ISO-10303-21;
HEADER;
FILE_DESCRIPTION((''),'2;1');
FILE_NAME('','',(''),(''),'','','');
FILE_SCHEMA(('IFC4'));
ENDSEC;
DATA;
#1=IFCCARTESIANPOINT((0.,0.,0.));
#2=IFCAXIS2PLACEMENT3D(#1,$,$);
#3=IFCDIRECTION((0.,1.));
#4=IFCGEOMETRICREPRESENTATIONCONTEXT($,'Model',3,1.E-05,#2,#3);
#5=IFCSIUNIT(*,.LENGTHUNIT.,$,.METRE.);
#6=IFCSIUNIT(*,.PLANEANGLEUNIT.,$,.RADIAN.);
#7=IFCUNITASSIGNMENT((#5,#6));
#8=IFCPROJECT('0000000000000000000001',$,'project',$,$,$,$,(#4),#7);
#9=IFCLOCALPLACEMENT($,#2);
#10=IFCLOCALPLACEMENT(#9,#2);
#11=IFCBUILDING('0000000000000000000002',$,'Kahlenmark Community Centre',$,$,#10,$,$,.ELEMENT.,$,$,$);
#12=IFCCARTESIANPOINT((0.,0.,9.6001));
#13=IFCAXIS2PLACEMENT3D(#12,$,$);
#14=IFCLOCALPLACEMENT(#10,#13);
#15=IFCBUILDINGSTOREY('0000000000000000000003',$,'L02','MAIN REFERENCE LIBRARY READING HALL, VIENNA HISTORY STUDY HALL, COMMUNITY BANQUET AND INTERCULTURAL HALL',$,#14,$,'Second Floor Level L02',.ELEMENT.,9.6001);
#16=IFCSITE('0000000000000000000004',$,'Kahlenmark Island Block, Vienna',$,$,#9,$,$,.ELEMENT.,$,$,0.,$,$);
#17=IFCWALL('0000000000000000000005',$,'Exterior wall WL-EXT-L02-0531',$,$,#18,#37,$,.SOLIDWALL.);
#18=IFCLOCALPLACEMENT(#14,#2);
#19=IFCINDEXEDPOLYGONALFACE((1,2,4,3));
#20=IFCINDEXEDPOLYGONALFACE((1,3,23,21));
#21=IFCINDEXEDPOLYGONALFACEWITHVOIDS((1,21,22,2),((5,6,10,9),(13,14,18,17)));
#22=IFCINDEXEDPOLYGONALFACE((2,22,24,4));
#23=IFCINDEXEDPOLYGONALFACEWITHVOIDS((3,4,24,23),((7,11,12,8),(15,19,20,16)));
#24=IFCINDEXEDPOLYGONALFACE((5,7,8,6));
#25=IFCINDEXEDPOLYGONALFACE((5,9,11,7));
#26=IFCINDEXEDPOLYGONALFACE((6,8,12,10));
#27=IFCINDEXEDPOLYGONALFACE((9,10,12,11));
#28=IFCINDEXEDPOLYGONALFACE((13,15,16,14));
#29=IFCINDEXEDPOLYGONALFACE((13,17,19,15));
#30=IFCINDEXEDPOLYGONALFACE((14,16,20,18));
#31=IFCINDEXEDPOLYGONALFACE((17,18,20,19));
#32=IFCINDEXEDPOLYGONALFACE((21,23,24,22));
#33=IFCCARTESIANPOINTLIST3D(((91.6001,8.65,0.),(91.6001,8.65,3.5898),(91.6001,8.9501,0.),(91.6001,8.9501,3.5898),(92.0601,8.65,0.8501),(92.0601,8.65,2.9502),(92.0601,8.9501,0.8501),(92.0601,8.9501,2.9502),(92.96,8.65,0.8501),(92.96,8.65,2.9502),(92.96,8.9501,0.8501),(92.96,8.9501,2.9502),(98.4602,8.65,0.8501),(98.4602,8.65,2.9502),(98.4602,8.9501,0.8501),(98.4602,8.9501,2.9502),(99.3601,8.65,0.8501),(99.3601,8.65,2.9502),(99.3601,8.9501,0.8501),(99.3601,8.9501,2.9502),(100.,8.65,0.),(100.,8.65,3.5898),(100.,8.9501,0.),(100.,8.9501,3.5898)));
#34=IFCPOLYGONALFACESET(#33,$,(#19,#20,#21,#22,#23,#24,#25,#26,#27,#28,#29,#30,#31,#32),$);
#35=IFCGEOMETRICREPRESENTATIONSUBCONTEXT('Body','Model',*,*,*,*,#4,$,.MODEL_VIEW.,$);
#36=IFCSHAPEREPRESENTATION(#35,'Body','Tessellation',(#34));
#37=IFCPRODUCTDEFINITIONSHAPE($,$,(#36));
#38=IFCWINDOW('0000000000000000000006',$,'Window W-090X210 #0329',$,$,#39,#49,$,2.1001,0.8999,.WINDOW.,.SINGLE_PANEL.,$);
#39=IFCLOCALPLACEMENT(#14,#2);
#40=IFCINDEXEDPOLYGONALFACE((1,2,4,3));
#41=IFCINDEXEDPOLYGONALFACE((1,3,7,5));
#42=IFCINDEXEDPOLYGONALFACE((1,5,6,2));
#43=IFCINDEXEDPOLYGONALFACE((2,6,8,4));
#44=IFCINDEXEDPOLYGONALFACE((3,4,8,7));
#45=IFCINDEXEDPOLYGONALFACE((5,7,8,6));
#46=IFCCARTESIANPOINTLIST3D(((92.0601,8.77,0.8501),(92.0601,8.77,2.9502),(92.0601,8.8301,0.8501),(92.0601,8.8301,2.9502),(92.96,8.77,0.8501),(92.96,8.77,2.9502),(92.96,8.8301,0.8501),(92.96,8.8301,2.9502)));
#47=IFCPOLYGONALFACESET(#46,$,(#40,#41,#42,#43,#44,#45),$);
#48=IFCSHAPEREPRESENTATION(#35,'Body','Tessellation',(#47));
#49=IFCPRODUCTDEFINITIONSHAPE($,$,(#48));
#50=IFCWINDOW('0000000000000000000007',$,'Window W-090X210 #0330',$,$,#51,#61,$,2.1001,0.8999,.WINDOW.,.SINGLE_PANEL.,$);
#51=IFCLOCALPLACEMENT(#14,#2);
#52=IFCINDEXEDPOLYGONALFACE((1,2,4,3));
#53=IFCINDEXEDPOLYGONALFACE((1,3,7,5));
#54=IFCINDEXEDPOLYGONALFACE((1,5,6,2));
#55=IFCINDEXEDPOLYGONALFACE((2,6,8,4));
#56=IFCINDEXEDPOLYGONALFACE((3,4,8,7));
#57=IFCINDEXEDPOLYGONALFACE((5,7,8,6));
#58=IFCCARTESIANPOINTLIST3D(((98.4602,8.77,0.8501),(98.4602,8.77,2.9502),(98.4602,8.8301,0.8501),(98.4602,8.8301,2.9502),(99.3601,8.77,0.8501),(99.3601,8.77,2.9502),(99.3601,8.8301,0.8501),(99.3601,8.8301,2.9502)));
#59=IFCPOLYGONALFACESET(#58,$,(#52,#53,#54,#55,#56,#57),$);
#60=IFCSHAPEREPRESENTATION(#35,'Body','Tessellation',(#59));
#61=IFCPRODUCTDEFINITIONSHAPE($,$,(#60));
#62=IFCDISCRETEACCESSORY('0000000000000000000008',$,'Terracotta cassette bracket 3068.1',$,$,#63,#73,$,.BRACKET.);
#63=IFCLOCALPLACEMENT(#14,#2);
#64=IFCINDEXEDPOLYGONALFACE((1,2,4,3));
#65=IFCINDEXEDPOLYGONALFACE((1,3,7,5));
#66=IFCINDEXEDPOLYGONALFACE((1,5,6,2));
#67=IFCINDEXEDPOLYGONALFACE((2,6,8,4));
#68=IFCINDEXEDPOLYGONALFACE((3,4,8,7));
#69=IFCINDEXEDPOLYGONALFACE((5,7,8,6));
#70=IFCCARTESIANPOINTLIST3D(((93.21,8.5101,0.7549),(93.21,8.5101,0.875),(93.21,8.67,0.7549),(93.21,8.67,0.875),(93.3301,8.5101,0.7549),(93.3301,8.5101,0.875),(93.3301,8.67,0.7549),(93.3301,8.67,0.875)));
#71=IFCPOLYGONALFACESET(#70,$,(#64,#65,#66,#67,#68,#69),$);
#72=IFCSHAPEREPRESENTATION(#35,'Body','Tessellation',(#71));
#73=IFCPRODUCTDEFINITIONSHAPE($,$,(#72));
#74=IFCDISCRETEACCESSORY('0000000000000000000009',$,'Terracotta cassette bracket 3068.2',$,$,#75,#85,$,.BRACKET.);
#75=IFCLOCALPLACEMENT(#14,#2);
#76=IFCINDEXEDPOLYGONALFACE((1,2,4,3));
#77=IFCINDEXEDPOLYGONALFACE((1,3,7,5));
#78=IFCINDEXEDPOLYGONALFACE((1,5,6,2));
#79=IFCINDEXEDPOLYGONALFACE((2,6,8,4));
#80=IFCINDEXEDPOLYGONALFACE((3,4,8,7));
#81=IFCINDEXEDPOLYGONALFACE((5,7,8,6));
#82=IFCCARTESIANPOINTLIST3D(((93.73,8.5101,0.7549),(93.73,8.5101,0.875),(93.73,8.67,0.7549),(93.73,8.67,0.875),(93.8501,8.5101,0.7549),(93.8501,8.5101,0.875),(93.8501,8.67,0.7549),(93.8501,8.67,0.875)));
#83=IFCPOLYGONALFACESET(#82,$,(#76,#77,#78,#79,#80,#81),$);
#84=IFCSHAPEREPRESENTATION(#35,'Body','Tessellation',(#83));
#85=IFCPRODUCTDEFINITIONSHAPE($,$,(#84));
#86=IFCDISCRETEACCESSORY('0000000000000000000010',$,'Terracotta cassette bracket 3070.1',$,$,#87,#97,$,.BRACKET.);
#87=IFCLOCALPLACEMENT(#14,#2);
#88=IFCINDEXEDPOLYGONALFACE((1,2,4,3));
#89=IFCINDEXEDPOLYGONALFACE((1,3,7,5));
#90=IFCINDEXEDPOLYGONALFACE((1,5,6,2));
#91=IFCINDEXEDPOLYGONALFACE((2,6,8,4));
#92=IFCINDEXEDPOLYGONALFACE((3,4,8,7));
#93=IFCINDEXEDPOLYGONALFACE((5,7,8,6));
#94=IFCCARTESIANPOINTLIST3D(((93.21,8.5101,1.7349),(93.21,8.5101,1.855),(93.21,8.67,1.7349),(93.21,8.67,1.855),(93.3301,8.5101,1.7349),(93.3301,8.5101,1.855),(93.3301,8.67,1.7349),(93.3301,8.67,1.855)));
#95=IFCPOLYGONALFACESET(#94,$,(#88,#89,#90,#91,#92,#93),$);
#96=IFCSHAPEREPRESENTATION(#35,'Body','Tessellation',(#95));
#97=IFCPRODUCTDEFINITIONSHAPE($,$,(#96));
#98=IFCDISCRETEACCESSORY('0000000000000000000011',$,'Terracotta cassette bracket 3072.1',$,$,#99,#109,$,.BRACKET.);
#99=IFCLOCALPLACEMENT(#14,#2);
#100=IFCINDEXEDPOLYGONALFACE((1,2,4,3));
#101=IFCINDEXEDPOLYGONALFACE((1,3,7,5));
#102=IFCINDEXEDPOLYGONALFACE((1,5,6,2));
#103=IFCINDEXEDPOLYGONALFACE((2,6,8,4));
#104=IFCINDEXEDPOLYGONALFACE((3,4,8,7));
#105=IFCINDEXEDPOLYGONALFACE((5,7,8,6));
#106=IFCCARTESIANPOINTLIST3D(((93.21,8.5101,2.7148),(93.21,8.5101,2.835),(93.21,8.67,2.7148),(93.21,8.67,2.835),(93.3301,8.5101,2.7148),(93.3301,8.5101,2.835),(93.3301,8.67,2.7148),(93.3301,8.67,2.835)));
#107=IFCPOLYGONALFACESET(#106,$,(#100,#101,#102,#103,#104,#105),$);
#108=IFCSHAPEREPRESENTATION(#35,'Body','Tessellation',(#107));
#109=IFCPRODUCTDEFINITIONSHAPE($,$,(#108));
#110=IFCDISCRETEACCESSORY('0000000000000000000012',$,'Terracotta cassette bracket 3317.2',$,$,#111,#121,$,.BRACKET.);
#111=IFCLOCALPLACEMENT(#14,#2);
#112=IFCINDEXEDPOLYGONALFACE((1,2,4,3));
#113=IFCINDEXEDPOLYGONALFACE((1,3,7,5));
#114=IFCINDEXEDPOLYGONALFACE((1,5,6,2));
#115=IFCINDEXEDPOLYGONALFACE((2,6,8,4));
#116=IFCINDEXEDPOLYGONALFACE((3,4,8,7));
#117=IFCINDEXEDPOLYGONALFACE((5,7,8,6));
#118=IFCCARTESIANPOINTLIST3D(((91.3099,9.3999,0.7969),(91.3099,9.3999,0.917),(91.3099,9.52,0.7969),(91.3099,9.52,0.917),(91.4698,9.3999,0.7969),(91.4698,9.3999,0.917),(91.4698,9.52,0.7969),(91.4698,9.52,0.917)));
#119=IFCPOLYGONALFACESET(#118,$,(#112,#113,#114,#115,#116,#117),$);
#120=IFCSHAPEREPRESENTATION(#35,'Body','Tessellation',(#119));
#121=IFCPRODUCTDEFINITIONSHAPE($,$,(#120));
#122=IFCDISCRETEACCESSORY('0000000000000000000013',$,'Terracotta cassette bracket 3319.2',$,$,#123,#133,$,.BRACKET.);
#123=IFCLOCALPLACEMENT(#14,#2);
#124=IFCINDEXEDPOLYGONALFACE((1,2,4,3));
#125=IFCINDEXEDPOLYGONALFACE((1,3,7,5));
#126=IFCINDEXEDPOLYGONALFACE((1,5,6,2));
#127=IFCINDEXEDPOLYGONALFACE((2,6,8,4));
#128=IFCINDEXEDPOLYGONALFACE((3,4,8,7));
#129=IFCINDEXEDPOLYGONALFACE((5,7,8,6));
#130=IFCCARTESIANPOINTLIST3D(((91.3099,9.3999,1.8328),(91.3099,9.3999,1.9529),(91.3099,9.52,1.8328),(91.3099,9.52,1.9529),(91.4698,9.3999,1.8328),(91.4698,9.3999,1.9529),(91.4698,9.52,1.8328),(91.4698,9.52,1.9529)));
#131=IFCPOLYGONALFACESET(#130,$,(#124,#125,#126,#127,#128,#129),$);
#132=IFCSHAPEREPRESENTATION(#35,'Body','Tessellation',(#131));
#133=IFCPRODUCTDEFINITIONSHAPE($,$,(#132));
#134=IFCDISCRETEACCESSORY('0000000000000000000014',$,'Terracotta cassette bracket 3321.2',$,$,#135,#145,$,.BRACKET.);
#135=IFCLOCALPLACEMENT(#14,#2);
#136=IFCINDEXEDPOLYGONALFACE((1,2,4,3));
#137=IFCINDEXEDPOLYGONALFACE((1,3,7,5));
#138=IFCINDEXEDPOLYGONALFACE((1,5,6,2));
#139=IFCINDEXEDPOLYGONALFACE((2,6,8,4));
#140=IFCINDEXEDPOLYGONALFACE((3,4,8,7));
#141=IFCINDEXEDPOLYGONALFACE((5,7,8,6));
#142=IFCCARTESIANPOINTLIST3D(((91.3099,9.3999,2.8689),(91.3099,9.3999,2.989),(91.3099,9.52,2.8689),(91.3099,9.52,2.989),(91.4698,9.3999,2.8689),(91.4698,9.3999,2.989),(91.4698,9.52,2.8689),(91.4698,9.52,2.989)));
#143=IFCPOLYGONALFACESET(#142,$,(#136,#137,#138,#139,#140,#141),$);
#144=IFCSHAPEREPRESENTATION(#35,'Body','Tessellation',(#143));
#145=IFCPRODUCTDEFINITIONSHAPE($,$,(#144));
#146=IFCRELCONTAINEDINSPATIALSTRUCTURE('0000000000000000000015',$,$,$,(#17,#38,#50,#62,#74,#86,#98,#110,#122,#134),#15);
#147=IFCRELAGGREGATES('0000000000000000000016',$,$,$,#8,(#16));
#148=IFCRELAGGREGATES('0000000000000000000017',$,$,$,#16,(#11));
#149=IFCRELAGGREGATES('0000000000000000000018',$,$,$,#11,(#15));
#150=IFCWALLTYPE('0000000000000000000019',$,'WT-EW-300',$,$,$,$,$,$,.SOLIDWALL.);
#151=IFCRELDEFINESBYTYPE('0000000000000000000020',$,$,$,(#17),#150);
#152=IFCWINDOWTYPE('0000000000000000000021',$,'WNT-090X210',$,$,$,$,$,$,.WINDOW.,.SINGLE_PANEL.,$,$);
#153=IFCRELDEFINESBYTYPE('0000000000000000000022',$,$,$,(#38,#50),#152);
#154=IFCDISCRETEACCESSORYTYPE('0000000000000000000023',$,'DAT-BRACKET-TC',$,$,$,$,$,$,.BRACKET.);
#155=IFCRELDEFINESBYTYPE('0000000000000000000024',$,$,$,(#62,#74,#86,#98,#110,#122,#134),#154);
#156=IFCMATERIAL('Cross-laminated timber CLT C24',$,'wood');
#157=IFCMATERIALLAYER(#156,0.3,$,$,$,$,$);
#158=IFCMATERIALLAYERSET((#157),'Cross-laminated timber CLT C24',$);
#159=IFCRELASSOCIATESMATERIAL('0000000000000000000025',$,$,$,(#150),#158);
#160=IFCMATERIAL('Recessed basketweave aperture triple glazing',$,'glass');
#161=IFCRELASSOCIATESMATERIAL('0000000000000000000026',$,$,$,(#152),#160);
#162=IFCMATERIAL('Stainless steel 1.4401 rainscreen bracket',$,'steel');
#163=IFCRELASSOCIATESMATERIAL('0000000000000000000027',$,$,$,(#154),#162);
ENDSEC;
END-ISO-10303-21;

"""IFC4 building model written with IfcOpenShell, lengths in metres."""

from ifc_helpers import new_model, si_unit, direction, frame, frame_2d, origin, origin_2d, place, context, subcontext, project, spatial, rectangle, extrude, material, layer, layer_set, type_object, element, fill, save


model = new_model("IFC4")

# Units and contexts
model_context = context("Model", 3, precision=1e-05, world=origin(), true_north=direction((0.0, 1.0)))
body_context = subcontext(model_context, "Body", "Model", "MODEL_VIEW")
ifc_project = project(units=[si_unit("LENGTHUNIT", "METRE"), si_unit("PLANEANGLEUNIT", "RADIAN")], contexts=[model_context])

# Site, building, storey
site_placement = place(None, origin())
site = spatial("IfcSite", under=ifc_project, at=site_placement, Name="Kahlenmark Island Block, Vienna", CompositionType="ELEMENT", RefElevation=0.0)
building_placement = place(site_placement, origin())
building = spatial("IfcBuilding", under=site, at=building_placement, Name="Kahlenmark Community Centre", CompositionType="ELEMENT")
storey_placement = place(building_placement, frame((0.0, 0.0, 9.6001)))
storey = spatial("IfcBuildingStorey", under=building, at=storey_placement, Name="L02", Description="MAIN REFERENCE LIBRARY READING HALL, VIENNA HISTORY STUDY HALL, COMMUNITY BANQUET AND INTERCULTURAL HALL", LongName="Second Floor Level L02", CompositionType="ELEMENT", Elevation=9.6001)

# Wall, openings, windows
ifc_material_1 = material(Name="Cross-laminated timber CLT C24", Category="wood")
ifc_layer_1 = layer(ifc_material_1, 0.3)
ifc_layer_set_1 = layer_set([ifc_layer_1], Name="Cross-laminated timber CLT C24")
wall_type = type_object("IfcWallType", Name="WT-EW-300", PredefinedType="SOLIDWALL", material=ifc_layer_set_1)
wall_placement = place(storey_placement, frame((91.6001, 8.8, 0.0), z_axis=(0.0, 0.0, 1.0), x_axis=(1.0, 0.0, 0.0)))
wall = element("IfcWall", 1, at=wall_placement, inside=storey, type_object=wall_type, Name="Exterior wall WL-EXT-L02-0531", PredefinedType="SOLIDWALL", context=body_context, shape_type="SweptSolid", body=[
    extrude(rectangle(XDim=8.3999, YDim=0.3, at=frame_2d((4.2, 0.0))), origin(), (0.0, 0.0, 1.0), 3.5898),
])
opening_1_placement = place(wall_placement, frame((0.46, 0.0, 0.8501)))
opening_1 = element("IfcOpeningElement", 2, at=opening_1_placement, cuts=wall, PredefinedType="OPENING", context=body_context, shape_type="SweptSolid", body=[
    extrude(rectangle(XDim=0.8999, YDim=2.1001, at=frame_2d((0.45, 1.05))), frame((0.0, 0.1599, 0.0), z_axis=(0.0, -1.0, 0.0), x_axis=(1.0, 0.0, 0.0)), (0.0, 0.0, 1.0), 0.3201),
])
opening_2_placement = place(wall_placement, frame((6.8601, 0.0, 0.8501)))
opening_2 = element("IfcOpeningElement", 3, at=opening_2_placement, cuts=wall, PredefinedType="OPENING", context=body_context, shape_type="SweptSolid", body=[
    extrude(rectangle(XDim=0.8999, YDim=2.1001, at=frame_2d((0.45, 1.05))), frame((0.0, 0.1599, 0.0), z_axis=(0.0, -1.0, 0.0), x_axis=(1.0, 0.0, 0.0)), (0.0, 0.0, 1.0), 0.3201),
])
ifc_material_2 = material(Name="Recessed basketweave aperture triple glazing", Category="glass")
window_type = type_object("IfcWindowType", Name="WNT-090X210", PartitioningType="SINGLE_PANEL", PredefinedType="WINDOW", material=ifc_material_2)
window_1_placement = place(opening_1_placement, origin())
window_1 = element("IfcWindow", 4, at=window_1_placement, inside=storey, type_object=window_type, Name="Window W-090X210 #0329", OverallHeight=2.1001, OverallWidth=0.8999, PartitioningType="SINGLE_PANEL", PredefinedType="WINDOW", context=body_context, shape_type="SweptSolid", body=[
    extrude(rectangle(XDim=0.8999, YDim=2.1001, at=frame_2d((0.45, 1.05))), frame((0.0, 0.03, 0.0), z_axis=(0.0, -1.0, 0.0), x_axis=(1.0, 0.0, 0.0)), (0.0, 0.0, 1.0), 0.0601),
])
fill(opening_1, window_1)
window_2_placement = place(opening_2_placement, origin())
window_2 = element("IfcWindow", 5, at=window_2_placement, inside=storey, type_object=window_type, Name="Window W-090X210 #0330", OverallHeight=2.1001, OverallWidth=0.8999, PartitioningType="SINGLE_PANEL", PredefinedType="WINDOW", context=body_context, shape_type="SweptSolid", body=[
    extrude(rectangle(XDim=0.8999, YDim=2.1001, at=frame_2d((0.45, 1.05))), frame((0.0, 0.03, 0.0), z_axis=(0.0, -1.0, 0.0), x_axis=(1.0, 0.0, 0.0)), (0.0, 0.0, 1.0), 0.0601),
])
fill(opening_2, window_2)

# Discrete accessories
ifc_material_3 = material(Name="Stainless steel 1.4401 rainscreen bracket", Category="steel")
discrete_accessory_type = type_object("IfcDiscreteAccessoryType", Name="DAT-BRACKET-TC", PredefinedType="BRACKET", material=ifc_material_3)
for number, where, z_axis, x_axis, name in (
    (6, (93.27, 8.5901, 0.7549), (0.0, 0.0, 1.0), (1.0, 0.0, 0.0), "Terracotta cassette bracket 3068.1"),
    (7, (93.79, 8.5901, 0.7549), (0.0, 0.0, 1.0), (1.0, 0.0, 0.0), "Terracotta cassette bracket 3068.2"),
    (8, (93.27, 8.5901, 1.7349), (0.0, 0.0, 1.0), (1.0, 0.0, 0.0), "Terracotta cassette bracket 3070.1"),
    (9, (93.27, 8.5901, 2.7148), (0.0, 0.0, 1.0), (1.0, 0.0, 0.0), "Terracotta cassette bracket 3072.1"),
    (10, (91.3899, 9.46, 0.7969), (0.0, 0.0, 1.0), (0.0, -1.0, 0.0), "Terracotta cassette bracket 3317.2"),
    (11, (91.3899, 9.46, 1.8328), (0.0, 0.0, 1.0), (0.0, -1.0, 0.0), "Terracotta cassette bracket 3319.2"),
    (12, (91.3899, 9.46, 2.8689), (0.0, 0.0, 1.0), (0.0, -1.0, 0.0), "Terracotta cassette bracket 3321.2"),
):
    element("IfcDiscreteAccessory", number, at=place(storey_placement, frame(where, z_axis=z_axis, x_axis=x_axis)), inside=storey, type_object=discrete_accessory_type, Name=name, PredefinedType="BRACKET", context=body_context, shape_type="SweptSolid", body=[
        extrude(rectangle(XDim=0.1201, YDim=0.1599, at=origin_2d()), origin(), (0.0, 0.0, 1.0), 0.1201),
    ])

save(model, "model.ifc")
